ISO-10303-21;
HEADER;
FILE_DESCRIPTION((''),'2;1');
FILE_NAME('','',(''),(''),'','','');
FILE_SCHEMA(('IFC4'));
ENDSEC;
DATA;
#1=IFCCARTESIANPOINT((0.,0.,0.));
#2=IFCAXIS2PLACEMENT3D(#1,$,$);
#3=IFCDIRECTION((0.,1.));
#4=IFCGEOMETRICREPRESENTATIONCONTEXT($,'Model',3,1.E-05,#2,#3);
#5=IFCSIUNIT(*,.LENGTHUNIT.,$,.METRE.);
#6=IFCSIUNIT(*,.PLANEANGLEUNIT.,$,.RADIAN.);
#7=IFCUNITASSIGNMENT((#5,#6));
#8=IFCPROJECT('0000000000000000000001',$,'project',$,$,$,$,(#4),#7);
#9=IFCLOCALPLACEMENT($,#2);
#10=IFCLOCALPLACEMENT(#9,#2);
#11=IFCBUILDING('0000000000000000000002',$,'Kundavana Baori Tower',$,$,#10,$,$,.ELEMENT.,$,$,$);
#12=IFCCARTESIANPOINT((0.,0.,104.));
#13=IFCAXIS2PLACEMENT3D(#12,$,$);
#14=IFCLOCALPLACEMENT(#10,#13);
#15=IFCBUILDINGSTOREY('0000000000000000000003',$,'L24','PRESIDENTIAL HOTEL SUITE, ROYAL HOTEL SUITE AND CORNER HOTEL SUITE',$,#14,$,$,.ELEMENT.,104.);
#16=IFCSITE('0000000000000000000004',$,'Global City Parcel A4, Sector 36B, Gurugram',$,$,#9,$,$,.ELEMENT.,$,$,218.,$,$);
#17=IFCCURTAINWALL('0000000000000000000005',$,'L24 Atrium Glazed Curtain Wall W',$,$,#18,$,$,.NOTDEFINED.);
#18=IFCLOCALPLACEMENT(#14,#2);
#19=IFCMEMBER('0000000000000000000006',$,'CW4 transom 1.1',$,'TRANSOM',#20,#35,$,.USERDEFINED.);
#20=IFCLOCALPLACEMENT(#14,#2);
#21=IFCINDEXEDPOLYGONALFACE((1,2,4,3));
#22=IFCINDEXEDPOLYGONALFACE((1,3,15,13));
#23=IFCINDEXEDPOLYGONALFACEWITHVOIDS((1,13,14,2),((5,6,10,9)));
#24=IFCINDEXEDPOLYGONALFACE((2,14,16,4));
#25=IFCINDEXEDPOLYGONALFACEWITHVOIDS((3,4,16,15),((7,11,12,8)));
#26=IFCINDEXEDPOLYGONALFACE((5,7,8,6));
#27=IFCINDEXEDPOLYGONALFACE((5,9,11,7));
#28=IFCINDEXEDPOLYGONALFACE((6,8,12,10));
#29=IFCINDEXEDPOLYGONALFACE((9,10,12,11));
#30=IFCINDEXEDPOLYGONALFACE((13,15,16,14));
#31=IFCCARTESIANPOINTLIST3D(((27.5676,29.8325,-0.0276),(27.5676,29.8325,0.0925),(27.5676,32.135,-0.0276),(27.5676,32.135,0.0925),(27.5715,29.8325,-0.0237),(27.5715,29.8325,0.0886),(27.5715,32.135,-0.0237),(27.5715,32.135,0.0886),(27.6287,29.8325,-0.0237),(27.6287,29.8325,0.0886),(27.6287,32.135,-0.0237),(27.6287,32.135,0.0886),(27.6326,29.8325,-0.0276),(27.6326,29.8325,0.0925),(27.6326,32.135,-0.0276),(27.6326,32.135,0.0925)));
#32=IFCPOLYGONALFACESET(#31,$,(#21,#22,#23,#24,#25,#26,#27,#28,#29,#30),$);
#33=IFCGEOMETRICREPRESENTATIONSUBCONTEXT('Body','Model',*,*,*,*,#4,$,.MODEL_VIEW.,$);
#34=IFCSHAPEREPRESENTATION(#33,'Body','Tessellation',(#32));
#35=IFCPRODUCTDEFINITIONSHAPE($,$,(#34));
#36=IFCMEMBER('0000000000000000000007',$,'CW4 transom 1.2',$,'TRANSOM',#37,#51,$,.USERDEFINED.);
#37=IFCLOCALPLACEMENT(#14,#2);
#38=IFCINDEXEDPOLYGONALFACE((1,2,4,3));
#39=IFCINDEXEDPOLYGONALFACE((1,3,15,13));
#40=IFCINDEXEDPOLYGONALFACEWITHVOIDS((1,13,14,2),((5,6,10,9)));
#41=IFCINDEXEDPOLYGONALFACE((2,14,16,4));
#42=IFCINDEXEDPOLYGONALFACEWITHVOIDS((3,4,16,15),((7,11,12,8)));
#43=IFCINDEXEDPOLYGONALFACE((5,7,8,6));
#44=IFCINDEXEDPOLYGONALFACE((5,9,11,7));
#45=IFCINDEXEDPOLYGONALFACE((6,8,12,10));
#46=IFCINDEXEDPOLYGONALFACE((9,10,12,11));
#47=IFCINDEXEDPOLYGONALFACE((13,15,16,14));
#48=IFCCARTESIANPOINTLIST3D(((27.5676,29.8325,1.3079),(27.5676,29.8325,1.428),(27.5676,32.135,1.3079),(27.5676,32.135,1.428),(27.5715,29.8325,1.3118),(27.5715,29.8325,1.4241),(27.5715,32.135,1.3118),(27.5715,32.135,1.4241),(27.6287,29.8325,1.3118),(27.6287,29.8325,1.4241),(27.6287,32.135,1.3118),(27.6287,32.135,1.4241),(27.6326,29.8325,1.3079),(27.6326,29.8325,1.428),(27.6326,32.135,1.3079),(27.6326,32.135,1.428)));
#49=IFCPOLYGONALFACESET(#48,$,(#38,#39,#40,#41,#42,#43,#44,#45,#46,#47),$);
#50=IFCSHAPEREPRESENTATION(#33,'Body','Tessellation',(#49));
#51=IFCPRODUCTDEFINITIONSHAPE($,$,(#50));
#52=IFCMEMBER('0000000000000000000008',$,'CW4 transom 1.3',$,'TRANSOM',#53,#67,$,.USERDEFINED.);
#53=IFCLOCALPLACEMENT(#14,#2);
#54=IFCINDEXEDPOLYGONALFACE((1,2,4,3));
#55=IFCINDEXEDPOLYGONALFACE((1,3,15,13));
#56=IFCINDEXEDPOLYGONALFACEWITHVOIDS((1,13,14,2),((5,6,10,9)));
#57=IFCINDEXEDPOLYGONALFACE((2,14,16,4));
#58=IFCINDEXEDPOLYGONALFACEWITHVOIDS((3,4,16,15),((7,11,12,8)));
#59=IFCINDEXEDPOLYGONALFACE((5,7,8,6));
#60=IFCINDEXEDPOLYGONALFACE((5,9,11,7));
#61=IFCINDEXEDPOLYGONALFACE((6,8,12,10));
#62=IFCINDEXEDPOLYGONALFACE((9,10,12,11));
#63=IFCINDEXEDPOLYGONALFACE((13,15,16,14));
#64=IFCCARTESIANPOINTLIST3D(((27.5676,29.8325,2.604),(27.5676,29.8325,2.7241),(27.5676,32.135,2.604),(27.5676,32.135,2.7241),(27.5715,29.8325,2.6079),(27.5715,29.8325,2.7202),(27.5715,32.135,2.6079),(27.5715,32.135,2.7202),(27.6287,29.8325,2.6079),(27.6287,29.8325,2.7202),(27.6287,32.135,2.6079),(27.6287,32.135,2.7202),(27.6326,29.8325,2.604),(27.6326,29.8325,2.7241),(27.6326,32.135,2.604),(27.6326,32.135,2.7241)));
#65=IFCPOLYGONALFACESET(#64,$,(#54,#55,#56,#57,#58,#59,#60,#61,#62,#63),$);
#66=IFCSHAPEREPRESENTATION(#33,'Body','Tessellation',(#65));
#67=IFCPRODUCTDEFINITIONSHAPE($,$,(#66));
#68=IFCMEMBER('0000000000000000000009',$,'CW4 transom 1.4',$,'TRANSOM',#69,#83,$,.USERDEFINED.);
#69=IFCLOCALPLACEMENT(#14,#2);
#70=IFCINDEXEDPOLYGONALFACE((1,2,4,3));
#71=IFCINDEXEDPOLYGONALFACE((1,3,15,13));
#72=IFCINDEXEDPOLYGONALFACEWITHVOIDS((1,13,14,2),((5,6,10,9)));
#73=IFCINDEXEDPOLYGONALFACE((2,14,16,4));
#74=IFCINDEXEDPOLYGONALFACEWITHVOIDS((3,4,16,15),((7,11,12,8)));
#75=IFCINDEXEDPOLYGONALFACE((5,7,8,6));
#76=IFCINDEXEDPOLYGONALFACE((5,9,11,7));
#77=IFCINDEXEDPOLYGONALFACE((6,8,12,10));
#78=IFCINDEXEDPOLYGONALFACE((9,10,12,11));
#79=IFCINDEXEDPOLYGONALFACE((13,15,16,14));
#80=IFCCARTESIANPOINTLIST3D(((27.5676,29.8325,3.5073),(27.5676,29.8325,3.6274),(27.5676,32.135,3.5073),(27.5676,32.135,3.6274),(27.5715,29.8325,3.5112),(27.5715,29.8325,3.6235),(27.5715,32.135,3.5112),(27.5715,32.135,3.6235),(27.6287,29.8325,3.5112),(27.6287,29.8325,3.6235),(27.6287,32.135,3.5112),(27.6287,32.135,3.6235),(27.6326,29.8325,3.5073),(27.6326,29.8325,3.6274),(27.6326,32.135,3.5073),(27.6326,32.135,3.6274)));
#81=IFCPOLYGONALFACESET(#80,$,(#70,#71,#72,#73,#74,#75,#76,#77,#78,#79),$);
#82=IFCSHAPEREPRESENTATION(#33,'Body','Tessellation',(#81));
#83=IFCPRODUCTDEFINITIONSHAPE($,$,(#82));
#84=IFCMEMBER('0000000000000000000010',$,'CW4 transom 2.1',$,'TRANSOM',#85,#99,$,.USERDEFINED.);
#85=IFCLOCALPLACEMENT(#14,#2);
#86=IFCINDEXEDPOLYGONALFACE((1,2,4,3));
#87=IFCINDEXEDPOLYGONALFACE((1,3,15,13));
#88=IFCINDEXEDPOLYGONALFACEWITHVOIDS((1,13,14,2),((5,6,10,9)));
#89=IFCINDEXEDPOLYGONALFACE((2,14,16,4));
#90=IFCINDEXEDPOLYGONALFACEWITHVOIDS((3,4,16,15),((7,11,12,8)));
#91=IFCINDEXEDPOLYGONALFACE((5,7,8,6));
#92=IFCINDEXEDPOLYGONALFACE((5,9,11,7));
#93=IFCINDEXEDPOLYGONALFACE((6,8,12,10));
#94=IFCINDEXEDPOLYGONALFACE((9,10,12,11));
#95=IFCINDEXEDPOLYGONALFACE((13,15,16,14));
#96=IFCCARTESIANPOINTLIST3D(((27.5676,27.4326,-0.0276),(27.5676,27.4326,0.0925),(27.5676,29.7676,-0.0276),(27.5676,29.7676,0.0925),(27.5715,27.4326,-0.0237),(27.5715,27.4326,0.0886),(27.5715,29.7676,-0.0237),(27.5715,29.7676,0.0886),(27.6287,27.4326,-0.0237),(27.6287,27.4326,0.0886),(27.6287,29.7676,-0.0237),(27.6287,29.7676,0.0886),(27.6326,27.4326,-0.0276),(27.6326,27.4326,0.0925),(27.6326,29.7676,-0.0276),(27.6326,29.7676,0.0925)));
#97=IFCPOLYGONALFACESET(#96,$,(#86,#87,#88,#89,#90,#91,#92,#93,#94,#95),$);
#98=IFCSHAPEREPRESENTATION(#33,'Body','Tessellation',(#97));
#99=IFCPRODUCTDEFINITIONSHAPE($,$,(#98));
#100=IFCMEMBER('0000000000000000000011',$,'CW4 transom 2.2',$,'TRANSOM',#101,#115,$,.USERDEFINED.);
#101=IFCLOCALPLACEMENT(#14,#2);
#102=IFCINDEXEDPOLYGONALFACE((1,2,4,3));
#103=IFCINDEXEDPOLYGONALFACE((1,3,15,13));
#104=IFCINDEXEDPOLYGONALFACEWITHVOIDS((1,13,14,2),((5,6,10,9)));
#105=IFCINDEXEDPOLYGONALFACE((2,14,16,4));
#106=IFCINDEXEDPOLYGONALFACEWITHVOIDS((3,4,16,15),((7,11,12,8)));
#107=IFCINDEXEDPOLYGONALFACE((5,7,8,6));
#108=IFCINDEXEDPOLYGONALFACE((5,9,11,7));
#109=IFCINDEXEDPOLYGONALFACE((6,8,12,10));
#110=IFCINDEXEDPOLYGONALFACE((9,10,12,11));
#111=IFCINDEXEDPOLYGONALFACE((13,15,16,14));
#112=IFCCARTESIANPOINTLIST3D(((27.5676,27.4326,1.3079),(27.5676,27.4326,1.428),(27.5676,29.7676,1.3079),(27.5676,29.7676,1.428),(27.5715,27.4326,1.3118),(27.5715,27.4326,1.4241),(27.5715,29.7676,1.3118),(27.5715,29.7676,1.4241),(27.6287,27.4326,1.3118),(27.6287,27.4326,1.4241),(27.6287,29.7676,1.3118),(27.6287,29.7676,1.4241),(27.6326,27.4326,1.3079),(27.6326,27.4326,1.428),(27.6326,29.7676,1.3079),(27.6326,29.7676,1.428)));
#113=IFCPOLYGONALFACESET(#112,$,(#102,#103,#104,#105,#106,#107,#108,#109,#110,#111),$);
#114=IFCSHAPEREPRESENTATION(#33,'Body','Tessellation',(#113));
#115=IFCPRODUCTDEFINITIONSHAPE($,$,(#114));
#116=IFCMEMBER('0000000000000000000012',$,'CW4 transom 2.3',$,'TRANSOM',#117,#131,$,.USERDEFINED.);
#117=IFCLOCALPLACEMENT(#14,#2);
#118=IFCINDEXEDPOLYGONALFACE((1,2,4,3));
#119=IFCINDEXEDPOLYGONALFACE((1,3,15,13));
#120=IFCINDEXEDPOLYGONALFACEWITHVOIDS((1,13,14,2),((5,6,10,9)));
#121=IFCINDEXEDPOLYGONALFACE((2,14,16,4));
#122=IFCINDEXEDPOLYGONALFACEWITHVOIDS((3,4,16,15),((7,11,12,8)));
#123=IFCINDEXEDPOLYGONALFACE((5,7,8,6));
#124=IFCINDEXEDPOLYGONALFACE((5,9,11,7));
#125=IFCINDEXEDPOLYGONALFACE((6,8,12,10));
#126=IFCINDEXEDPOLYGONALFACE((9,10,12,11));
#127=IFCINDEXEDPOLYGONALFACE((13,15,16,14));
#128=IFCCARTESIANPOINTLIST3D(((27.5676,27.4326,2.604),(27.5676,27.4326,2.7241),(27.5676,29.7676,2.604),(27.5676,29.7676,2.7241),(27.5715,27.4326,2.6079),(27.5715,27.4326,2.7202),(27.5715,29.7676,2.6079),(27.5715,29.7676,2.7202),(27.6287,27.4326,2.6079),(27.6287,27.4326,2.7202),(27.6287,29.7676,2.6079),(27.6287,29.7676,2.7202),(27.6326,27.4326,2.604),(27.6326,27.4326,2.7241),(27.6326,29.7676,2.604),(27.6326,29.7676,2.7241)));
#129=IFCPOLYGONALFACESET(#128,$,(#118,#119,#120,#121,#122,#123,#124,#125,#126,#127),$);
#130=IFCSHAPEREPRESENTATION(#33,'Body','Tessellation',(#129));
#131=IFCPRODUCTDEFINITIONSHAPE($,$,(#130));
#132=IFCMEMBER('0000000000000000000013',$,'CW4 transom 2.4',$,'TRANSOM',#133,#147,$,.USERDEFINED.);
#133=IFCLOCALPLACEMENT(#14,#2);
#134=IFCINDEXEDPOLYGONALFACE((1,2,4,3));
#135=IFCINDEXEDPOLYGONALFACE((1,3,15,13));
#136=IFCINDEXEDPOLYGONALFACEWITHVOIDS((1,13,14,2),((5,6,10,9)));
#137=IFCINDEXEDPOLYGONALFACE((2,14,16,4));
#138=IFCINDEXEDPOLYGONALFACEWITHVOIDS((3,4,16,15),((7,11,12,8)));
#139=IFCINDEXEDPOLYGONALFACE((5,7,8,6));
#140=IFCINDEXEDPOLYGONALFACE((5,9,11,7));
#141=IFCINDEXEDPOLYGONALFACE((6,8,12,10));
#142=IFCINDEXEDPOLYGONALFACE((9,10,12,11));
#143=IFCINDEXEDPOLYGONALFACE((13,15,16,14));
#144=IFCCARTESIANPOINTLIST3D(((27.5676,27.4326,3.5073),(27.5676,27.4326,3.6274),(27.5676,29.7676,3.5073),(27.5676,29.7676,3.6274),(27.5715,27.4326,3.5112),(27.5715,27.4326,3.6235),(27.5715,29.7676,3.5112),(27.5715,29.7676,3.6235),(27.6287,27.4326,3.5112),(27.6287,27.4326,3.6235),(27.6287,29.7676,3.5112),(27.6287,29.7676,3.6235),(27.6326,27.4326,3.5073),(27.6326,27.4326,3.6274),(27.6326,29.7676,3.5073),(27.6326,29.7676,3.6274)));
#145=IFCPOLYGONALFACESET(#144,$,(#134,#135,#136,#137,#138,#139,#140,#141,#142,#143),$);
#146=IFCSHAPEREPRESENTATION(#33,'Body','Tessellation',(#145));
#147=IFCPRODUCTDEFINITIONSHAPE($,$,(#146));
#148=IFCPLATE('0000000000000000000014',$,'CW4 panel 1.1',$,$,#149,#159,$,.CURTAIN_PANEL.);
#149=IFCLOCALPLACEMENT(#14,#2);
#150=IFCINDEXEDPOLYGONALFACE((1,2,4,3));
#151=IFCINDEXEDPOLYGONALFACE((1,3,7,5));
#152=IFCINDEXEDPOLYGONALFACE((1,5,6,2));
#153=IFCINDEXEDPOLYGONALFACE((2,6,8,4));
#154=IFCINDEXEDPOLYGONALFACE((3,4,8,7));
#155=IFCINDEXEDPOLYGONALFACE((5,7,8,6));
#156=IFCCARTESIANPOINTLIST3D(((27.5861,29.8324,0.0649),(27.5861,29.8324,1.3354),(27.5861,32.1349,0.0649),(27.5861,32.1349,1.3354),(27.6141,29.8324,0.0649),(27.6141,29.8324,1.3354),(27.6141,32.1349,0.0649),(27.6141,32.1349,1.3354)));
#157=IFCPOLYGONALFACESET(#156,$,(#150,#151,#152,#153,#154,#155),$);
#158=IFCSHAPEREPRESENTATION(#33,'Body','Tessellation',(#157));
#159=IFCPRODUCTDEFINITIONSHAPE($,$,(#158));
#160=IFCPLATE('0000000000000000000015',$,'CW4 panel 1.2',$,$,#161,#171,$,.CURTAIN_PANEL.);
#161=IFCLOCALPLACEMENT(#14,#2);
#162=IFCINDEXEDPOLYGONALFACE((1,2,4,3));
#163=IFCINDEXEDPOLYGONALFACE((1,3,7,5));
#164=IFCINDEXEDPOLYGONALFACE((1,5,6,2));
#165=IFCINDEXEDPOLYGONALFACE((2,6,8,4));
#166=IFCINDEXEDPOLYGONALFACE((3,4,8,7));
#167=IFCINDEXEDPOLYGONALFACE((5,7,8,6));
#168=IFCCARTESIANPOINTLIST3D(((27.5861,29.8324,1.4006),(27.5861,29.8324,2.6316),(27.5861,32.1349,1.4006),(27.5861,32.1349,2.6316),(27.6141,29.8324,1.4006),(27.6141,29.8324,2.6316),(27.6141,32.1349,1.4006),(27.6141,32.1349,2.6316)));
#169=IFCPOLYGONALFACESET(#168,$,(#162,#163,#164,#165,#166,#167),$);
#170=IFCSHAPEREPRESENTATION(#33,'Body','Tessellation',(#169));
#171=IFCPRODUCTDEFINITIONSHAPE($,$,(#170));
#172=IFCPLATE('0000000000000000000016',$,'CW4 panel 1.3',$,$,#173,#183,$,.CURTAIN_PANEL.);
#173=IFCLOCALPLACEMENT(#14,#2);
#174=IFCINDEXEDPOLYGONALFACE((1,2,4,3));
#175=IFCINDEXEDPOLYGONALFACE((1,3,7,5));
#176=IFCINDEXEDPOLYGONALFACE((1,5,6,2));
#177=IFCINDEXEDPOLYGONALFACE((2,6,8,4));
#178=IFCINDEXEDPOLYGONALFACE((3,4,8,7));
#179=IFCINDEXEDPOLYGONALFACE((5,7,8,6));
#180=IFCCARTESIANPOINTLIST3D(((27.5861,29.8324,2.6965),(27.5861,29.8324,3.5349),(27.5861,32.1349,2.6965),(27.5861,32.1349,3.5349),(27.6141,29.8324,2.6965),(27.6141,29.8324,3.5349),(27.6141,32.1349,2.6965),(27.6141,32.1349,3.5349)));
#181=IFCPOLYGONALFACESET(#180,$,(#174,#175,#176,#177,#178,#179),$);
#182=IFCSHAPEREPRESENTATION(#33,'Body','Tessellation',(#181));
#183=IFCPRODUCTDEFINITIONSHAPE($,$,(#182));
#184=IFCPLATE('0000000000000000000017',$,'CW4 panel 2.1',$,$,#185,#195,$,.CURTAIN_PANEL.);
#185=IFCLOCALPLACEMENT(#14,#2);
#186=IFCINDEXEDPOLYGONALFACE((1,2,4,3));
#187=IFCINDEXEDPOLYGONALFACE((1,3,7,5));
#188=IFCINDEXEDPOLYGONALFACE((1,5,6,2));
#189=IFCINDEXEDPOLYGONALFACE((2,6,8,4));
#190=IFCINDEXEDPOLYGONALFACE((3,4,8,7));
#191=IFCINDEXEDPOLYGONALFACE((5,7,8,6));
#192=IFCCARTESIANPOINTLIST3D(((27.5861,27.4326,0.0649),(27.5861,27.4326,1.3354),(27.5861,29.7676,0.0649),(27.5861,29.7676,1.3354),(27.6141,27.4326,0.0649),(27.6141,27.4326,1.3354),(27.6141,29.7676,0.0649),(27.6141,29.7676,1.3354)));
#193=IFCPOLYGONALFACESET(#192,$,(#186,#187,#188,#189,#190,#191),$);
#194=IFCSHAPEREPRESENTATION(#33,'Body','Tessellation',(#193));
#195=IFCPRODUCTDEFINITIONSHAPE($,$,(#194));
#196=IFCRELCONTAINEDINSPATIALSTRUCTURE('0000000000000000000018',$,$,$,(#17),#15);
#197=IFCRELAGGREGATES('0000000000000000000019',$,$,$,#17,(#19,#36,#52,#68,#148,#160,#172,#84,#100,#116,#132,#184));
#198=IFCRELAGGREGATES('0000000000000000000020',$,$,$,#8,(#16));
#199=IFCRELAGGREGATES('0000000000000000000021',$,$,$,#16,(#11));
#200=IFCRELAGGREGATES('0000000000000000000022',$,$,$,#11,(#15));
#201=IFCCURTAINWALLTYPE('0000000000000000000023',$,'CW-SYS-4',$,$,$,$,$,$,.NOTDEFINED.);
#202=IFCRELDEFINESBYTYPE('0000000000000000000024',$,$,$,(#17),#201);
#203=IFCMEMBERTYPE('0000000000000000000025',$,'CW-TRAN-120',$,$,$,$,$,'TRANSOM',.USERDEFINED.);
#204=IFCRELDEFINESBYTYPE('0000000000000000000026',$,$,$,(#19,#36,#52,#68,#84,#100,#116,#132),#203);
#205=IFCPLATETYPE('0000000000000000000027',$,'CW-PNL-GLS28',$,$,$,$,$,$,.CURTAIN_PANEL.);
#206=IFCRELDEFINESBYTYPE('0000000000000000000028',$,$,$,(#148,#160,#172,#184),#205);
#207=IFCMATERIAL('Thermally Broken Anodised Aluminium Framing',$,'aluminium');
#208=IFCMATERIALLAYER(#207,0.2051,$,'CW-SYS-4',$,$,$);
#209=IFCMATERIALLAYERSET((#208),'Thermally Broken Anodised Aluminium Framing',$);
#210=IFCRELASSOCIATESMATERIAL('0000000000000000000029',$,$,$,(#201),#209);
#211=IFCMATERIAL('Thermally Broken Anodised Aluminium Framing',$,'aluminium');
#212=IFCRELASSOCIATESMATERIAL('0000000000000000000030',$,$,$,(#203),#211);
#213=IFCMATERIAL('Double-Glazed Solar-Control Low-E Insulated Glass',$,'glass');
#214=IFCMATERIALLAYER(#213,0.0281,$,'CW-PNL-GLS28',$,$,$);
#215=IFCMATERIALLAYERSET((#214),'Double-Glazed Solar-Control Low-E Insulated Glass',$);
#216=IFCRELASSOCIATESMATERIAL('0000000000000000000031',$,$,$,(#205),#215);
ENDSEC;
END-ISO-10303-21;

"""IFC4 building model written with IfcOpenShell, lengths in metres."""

from ifc_helpers import new_model, si_unit, direction, frame, origin, origin_2d, place, context, subcontext, project, spatial, rectangle, hollow_rectangle, extrude, material, layer, layer_set, material_profile, profile_set, type_object, element, aggregate, save


model = new_model("IFC4")

# Units and contexts
model_context = context("Model", 3, precision=1e-05, world=origin(), true_north=direction((0.0, 1.0)))
body_context = subcontext(model_context, "Body", "Model", "MODEL_VIEW")
ifc_project = project(units=[si_unit("LENGTHUNIT", "METRE"), si_unit("PLANEANGLEUNIT", "RADIAN")], contexts=[model_context])

# Site, building, storey
site_placement = place(None, origin())
site = spatial("IfcSite", under=ifc_project, at=site_placement, Name="Global City Parcel A4, Sector 36B, Gurugram", CompositionType="ELEMENT", RefElevation=218.0)
building_placement = place(site_placement, origin())
building = spatial("IfcBuilding", under=site, at=building_placement, Name="Kundavana Baori Tower", CompositionType="ELEMENT")
storey_placement = place(building_placement, frame((0.0, 0.0, 104.0)))
storey = spatial("IfcBuildingStorey", under=building, at=storey_placement, Name="L24", Description="PRESIDENTIAL HOTEL SUITE, ROYAL HOTEL SUITE AND CORNER HOTEL SUITE", CompositionType="ELEMENT", Elevation=104.0)

# Curtain wall, members, plates
ifc_material_1 = material(Name="Thermally Broken Anodised Aluminium Framing", Category="aluminium")
ifc_layer_1 = layer(ifc_material_1, 0.2051, Name="CW-SYS-4")
ifc_layer_set_1 = layer_set([ifc_layer_1], Name="Thermally Broken Anodised Aluminium Framing")
curtain_wall_type = type_object("IfcCurtainWallType", Name="CW-SYS-4", PredefinedType="NOTDEFINED", material=ifc_layer_set_1)
curtain_wall_placement = place(storey_placement, origin())
curtain_wall = element("IfcCurtainWall", 1, at=curtain_wall_placement, inside=storey, type_object=curtain_wall_type, Name="L24 Atrium Glazed Curtain Wall W", PredefinedType="NOTDEFINED")
ifc_material_2 = material(Name="Thermally Broken Anodised Aluminium Framing", Category="aluminium")
ifc_material_profile_1 = material_profile(ifc_material_2, hollow_rectangle(XDim=0.0649, YDim=0.1201, WallThickness=0.0039, at=origin_2d()), Name="CW-TRAN-120")
ifc_profile_set_1 = profile_set([ifc_material_profile_1], Name="Thermally Broken Anodised Aluminium Framing")
member_type_1 = type_object("IfcMemberType", Name="CW-TRAN-120", ElementType="TRANSOM", PredefinedType="USERDEFINED", material=ifc_profile_set_1)
member_1_placement = place(storey_placement, frame((27.6001, 32.135, 0.0325), z_axis=(0.0, -1.0, 0.0), x_axis=(1.0, 0.0, 0.0)))
member_1 = element("IfcMember", 2, at=member_1_placement, type_object=member_type_1, Name="CW4 transom 1.1", ObjectType="TRANSOM", PredefinedType="USERDEFINED", context=body_context, shape_type="SweptSolid", body=[
    extrude(hollow_rectangle(XDim=0.0649, YDim=0.1201, WallThickness=0.0039, at=origin_2d()), origin(), (0.0, 0.0, 1.0), 2.3025),
])
member_2_placement = place(storey_placement, frame((27.6001, 32.135, 1.3679), z_axis=(0.0, -1.0, 0.0), x_axis=(1.0, 0.0, 0.0)))
member_2 = element("IfcMember", 3, at=member_2_placement, type_object=member_type_1, Name="CW4 transom 1.2", ObjectType="TRANSOM", PredefinedType="USERDEFINED", context=body_context, shape_type="SweptSolid", body=[
    extrude(hollow_rectangle(XDim=0.0649, YDim=0.1201, WallThickness=0.0039, at=origin_2d()), origin(), (0.0, 0.0, 1.0), 2.3025),
])
member_3_placement = place(storey_placement, frame((27.6001, 32.135, 2.6641), z_axis=(0.0, -1.0, 0.0), x_axis=(1.0, 0.0, 0.0)))
member_3 = element("IfcMember", 4, at=member_3_placement, type_object=member_type_1, Name="CW4 transom 1.3", ObjectType="TRANSOM", PredefinedType="USERDEFINED", context=body_context, shape_type="SweptSolid", body=[
    extrude(hollow_rectangle(XDim=0.0649, YDim=0.1201, WallThickness=0.0039, at=origin_2d()), origin(), (0.0, 0.0, 1.0), 2.3025),
])
member_4_placement = place(storey_placement, frame((27.6001, 32.135, 3.5674), z_axis=(0.0, -1.0, 0.0), x_axis=(1.0, 0.0, 0.0)))
member_4 = element("IfcMember", 5, at=member_4_placement, type_object=member_type_1, Name="CW4 transom 1.4", ObjectType="TRANSOM", PredefinedType="USERDEFINED", context=body_context, shape_type="SweptSolid", body=[
    extrude(hollow_rectangle(XDim=0.0649, YDim=0.1201, WallThickness=0.0039, at=origin_2d()), origin(), (0.0, 0.0, 1.0), 2.3025),
])
member_5_placement = place(storey_placement, frame((27.6001, 29.7676, 0.0325), z_axis=(0.0, -1.0, 0.0), x_axis=(1.0, 0.0, 0.0)))
member_5 = element("IfcMember", 6, at=member_5_placement, type_object=member_type_1, Name="CW4 transom 2.1", ObjectType="TRANSOM", PredefinedType="USERDEFINED", context=body_context, shape_type="SweptSolid", body=[
    extrude(hollow_rectangle(XDim=0.0649, YDim=0.1201, WallThickness=0.0039, at=origin_2d()), origin(), (0.0, 0.0, 1.0), 2.335),
])
member_6_placement = place(storey_placement, frame((27.6001, 29.7676, 1.3679), z_axis=(0.0, -1.0, 0.0), x_axis=(1.0, 0.0, 0.0)))
member_6 = element("IfcMember", 7, at=member_6_placement, type_object=member_type_1, Name="CW4 transom 2.2", ObjectType="TRANSOM", PredefinedType="USERDEFINED", context=body_context, shape_type="SweptSolid", body=[
    extrude(hollow_rectangle(XDim=0.0649, YDim=0.1201, WallThickness=0.0039, at=origin_2d()), origin(), (0.0, 0.0, 1.0), 2.335),
])
member_7_placement = place(storey_placement, frame((27.6001, 29.7676, 2.6641), z_axis=(0.0, -1.0, 0.0), x_axis=(1.0, 0.0, 0.0)))
member_7 = element("IfcMember", 8, at=member_7_placement, type_object=member_type_1, Name="CW4 transom 2.3", ObjectType="TRANSOM", PredefinedType="USERDEFINED", context=body_context, shape_type="SweptSolid", body=[
    extrude(hollow_rectangle(XDim=0.0649, YDim=0.1201, WallThickness=0.0039, at=origin_2d()), origin(), (0.0, 0.0, 1.0), 2.335),
])
member_8_placement = place(storey_placement, frame((27.6001, 29.7676, 3.5674), z_axis=(0.0, -1.0, 0.0), x_axis=(1.0, 0.0, 0.0)))
member_8 = element("IfcMember", 9, at=member_8_placement, type_object=member_type_1, Name="CW4 transom 2.4", ObjectType="TRANSOM", PredefinedType="USERDEFINED", context=body_context, shape_type="SweptSolid", body=[
    extrude(hollow_rectangle(XDim=0.0649, YDim=0.1201, WallThickness=0.0039, at=origin_2d()), origin(), (0.0, 0.0, 1.0), 2.335),
])
ifc_material_3 = material(Name="Double-Glazed Solar-Control Low-E Insulated Glass", Category="glass")
ifc_layer_2 = layer(ifc_material_3, 0.0281, Name="CW-PNL-GLS28")
ifc_layer_set_2 = layer_set([ifc_layer_2], Name="Double-Glazed Solar-Control Low-E Insulated Glass")
plate_type = type_object("IfcPlateType", Name="CW-PNL-GLS28", PredefinedType="CURTAIN_PANEL", material=ifc_layer_set_2)
plate_1_placement = place(storey_placement, frame((27.6001, 30.9836, 0.0649), z_axis=(0.0, 0.0, 1.0), x_axis=(0.0, -1.0, 0.0)))
plate_1 = element("IfcPlate", 10, at=plate_1_placement, type_object=plate_type, Name="CW4 panel 1.1", PredefinedType="CURTAIN_PANEL", context=body_context, shape_type="SweptSolid", body=[
    extrude(rectangle(XDim=2.3025, YDim=0.0281, at=origin_2d()), origin(), (0.0, 0.0, 1.0), 1.2705),
])
plate_2_placement = place(storey_placement, frame((27.6001, 30.9836, 1.4006), z_axis=(0.0, 0.0, 1.0), x_axis=(0.0, -1.0, 0.0)))
plate_2 = element("IfcPlate", 11, at=plate_2_placement, type_object=plate_type, Name="CW4 panel 1.2", PredefinedType="CURTAIN_PANEL", context=body_context, shape_type="SweptSolid", body=[
    extrude(rectangle(XDim=2.3025, YDim=0.0281, at=origin_2d()), origin(), (0.0, 0.0, 1.0), 1.231),
])
plate_3_placement = place(storey_placement, frame((27.6001, 30.9836, 2.6965), z_axis=(0.0, 0.0, 1.0), x_axis=(0.0, -1.0, 0.0)))
plate_3 = element("IfcPlate", 12, at=plate_3_placement, type_object=plate_type, Name="CW4 panel 1.3", PredefinedType="CURTAIN_PANEL", context=body_context, shape_type="SweptSolid", body=[
    extrude(rectangle(XDim=2.3025, YDim=0.0281, at=origin_2d()), origin(), (0.0, 0.0, 1.0), 0.8384),
])
plate_4_placement = place(storey_placement, frame((27.6001, 28.6001, 0.0649), z_axis=(0.0, 0.0, 1.0), x_axis=(0.0, -1.0, 0.0)))
plate_4 = element("IfcPlate", 13, at=plate_4_placement, type_object=plate_type, Name="CW4 panel 2.1", PredefinedType="CURTAIN_PANEL", context=body_context, shape_type="SweptSolid", body=[
    extrude(rectangle(XDim=2.335, YDim=0.0281, at=origin_2d()), origin(), (0.0, 0.0, 1.0), 1.2705),
])
aggregate(curtain_wall, [member_1, member_2, member_3, member_4, plate_1, plate_2, plate_3, member_5, member_6, member_7, member_8, plate_4])

save(model, "model.ifc")
